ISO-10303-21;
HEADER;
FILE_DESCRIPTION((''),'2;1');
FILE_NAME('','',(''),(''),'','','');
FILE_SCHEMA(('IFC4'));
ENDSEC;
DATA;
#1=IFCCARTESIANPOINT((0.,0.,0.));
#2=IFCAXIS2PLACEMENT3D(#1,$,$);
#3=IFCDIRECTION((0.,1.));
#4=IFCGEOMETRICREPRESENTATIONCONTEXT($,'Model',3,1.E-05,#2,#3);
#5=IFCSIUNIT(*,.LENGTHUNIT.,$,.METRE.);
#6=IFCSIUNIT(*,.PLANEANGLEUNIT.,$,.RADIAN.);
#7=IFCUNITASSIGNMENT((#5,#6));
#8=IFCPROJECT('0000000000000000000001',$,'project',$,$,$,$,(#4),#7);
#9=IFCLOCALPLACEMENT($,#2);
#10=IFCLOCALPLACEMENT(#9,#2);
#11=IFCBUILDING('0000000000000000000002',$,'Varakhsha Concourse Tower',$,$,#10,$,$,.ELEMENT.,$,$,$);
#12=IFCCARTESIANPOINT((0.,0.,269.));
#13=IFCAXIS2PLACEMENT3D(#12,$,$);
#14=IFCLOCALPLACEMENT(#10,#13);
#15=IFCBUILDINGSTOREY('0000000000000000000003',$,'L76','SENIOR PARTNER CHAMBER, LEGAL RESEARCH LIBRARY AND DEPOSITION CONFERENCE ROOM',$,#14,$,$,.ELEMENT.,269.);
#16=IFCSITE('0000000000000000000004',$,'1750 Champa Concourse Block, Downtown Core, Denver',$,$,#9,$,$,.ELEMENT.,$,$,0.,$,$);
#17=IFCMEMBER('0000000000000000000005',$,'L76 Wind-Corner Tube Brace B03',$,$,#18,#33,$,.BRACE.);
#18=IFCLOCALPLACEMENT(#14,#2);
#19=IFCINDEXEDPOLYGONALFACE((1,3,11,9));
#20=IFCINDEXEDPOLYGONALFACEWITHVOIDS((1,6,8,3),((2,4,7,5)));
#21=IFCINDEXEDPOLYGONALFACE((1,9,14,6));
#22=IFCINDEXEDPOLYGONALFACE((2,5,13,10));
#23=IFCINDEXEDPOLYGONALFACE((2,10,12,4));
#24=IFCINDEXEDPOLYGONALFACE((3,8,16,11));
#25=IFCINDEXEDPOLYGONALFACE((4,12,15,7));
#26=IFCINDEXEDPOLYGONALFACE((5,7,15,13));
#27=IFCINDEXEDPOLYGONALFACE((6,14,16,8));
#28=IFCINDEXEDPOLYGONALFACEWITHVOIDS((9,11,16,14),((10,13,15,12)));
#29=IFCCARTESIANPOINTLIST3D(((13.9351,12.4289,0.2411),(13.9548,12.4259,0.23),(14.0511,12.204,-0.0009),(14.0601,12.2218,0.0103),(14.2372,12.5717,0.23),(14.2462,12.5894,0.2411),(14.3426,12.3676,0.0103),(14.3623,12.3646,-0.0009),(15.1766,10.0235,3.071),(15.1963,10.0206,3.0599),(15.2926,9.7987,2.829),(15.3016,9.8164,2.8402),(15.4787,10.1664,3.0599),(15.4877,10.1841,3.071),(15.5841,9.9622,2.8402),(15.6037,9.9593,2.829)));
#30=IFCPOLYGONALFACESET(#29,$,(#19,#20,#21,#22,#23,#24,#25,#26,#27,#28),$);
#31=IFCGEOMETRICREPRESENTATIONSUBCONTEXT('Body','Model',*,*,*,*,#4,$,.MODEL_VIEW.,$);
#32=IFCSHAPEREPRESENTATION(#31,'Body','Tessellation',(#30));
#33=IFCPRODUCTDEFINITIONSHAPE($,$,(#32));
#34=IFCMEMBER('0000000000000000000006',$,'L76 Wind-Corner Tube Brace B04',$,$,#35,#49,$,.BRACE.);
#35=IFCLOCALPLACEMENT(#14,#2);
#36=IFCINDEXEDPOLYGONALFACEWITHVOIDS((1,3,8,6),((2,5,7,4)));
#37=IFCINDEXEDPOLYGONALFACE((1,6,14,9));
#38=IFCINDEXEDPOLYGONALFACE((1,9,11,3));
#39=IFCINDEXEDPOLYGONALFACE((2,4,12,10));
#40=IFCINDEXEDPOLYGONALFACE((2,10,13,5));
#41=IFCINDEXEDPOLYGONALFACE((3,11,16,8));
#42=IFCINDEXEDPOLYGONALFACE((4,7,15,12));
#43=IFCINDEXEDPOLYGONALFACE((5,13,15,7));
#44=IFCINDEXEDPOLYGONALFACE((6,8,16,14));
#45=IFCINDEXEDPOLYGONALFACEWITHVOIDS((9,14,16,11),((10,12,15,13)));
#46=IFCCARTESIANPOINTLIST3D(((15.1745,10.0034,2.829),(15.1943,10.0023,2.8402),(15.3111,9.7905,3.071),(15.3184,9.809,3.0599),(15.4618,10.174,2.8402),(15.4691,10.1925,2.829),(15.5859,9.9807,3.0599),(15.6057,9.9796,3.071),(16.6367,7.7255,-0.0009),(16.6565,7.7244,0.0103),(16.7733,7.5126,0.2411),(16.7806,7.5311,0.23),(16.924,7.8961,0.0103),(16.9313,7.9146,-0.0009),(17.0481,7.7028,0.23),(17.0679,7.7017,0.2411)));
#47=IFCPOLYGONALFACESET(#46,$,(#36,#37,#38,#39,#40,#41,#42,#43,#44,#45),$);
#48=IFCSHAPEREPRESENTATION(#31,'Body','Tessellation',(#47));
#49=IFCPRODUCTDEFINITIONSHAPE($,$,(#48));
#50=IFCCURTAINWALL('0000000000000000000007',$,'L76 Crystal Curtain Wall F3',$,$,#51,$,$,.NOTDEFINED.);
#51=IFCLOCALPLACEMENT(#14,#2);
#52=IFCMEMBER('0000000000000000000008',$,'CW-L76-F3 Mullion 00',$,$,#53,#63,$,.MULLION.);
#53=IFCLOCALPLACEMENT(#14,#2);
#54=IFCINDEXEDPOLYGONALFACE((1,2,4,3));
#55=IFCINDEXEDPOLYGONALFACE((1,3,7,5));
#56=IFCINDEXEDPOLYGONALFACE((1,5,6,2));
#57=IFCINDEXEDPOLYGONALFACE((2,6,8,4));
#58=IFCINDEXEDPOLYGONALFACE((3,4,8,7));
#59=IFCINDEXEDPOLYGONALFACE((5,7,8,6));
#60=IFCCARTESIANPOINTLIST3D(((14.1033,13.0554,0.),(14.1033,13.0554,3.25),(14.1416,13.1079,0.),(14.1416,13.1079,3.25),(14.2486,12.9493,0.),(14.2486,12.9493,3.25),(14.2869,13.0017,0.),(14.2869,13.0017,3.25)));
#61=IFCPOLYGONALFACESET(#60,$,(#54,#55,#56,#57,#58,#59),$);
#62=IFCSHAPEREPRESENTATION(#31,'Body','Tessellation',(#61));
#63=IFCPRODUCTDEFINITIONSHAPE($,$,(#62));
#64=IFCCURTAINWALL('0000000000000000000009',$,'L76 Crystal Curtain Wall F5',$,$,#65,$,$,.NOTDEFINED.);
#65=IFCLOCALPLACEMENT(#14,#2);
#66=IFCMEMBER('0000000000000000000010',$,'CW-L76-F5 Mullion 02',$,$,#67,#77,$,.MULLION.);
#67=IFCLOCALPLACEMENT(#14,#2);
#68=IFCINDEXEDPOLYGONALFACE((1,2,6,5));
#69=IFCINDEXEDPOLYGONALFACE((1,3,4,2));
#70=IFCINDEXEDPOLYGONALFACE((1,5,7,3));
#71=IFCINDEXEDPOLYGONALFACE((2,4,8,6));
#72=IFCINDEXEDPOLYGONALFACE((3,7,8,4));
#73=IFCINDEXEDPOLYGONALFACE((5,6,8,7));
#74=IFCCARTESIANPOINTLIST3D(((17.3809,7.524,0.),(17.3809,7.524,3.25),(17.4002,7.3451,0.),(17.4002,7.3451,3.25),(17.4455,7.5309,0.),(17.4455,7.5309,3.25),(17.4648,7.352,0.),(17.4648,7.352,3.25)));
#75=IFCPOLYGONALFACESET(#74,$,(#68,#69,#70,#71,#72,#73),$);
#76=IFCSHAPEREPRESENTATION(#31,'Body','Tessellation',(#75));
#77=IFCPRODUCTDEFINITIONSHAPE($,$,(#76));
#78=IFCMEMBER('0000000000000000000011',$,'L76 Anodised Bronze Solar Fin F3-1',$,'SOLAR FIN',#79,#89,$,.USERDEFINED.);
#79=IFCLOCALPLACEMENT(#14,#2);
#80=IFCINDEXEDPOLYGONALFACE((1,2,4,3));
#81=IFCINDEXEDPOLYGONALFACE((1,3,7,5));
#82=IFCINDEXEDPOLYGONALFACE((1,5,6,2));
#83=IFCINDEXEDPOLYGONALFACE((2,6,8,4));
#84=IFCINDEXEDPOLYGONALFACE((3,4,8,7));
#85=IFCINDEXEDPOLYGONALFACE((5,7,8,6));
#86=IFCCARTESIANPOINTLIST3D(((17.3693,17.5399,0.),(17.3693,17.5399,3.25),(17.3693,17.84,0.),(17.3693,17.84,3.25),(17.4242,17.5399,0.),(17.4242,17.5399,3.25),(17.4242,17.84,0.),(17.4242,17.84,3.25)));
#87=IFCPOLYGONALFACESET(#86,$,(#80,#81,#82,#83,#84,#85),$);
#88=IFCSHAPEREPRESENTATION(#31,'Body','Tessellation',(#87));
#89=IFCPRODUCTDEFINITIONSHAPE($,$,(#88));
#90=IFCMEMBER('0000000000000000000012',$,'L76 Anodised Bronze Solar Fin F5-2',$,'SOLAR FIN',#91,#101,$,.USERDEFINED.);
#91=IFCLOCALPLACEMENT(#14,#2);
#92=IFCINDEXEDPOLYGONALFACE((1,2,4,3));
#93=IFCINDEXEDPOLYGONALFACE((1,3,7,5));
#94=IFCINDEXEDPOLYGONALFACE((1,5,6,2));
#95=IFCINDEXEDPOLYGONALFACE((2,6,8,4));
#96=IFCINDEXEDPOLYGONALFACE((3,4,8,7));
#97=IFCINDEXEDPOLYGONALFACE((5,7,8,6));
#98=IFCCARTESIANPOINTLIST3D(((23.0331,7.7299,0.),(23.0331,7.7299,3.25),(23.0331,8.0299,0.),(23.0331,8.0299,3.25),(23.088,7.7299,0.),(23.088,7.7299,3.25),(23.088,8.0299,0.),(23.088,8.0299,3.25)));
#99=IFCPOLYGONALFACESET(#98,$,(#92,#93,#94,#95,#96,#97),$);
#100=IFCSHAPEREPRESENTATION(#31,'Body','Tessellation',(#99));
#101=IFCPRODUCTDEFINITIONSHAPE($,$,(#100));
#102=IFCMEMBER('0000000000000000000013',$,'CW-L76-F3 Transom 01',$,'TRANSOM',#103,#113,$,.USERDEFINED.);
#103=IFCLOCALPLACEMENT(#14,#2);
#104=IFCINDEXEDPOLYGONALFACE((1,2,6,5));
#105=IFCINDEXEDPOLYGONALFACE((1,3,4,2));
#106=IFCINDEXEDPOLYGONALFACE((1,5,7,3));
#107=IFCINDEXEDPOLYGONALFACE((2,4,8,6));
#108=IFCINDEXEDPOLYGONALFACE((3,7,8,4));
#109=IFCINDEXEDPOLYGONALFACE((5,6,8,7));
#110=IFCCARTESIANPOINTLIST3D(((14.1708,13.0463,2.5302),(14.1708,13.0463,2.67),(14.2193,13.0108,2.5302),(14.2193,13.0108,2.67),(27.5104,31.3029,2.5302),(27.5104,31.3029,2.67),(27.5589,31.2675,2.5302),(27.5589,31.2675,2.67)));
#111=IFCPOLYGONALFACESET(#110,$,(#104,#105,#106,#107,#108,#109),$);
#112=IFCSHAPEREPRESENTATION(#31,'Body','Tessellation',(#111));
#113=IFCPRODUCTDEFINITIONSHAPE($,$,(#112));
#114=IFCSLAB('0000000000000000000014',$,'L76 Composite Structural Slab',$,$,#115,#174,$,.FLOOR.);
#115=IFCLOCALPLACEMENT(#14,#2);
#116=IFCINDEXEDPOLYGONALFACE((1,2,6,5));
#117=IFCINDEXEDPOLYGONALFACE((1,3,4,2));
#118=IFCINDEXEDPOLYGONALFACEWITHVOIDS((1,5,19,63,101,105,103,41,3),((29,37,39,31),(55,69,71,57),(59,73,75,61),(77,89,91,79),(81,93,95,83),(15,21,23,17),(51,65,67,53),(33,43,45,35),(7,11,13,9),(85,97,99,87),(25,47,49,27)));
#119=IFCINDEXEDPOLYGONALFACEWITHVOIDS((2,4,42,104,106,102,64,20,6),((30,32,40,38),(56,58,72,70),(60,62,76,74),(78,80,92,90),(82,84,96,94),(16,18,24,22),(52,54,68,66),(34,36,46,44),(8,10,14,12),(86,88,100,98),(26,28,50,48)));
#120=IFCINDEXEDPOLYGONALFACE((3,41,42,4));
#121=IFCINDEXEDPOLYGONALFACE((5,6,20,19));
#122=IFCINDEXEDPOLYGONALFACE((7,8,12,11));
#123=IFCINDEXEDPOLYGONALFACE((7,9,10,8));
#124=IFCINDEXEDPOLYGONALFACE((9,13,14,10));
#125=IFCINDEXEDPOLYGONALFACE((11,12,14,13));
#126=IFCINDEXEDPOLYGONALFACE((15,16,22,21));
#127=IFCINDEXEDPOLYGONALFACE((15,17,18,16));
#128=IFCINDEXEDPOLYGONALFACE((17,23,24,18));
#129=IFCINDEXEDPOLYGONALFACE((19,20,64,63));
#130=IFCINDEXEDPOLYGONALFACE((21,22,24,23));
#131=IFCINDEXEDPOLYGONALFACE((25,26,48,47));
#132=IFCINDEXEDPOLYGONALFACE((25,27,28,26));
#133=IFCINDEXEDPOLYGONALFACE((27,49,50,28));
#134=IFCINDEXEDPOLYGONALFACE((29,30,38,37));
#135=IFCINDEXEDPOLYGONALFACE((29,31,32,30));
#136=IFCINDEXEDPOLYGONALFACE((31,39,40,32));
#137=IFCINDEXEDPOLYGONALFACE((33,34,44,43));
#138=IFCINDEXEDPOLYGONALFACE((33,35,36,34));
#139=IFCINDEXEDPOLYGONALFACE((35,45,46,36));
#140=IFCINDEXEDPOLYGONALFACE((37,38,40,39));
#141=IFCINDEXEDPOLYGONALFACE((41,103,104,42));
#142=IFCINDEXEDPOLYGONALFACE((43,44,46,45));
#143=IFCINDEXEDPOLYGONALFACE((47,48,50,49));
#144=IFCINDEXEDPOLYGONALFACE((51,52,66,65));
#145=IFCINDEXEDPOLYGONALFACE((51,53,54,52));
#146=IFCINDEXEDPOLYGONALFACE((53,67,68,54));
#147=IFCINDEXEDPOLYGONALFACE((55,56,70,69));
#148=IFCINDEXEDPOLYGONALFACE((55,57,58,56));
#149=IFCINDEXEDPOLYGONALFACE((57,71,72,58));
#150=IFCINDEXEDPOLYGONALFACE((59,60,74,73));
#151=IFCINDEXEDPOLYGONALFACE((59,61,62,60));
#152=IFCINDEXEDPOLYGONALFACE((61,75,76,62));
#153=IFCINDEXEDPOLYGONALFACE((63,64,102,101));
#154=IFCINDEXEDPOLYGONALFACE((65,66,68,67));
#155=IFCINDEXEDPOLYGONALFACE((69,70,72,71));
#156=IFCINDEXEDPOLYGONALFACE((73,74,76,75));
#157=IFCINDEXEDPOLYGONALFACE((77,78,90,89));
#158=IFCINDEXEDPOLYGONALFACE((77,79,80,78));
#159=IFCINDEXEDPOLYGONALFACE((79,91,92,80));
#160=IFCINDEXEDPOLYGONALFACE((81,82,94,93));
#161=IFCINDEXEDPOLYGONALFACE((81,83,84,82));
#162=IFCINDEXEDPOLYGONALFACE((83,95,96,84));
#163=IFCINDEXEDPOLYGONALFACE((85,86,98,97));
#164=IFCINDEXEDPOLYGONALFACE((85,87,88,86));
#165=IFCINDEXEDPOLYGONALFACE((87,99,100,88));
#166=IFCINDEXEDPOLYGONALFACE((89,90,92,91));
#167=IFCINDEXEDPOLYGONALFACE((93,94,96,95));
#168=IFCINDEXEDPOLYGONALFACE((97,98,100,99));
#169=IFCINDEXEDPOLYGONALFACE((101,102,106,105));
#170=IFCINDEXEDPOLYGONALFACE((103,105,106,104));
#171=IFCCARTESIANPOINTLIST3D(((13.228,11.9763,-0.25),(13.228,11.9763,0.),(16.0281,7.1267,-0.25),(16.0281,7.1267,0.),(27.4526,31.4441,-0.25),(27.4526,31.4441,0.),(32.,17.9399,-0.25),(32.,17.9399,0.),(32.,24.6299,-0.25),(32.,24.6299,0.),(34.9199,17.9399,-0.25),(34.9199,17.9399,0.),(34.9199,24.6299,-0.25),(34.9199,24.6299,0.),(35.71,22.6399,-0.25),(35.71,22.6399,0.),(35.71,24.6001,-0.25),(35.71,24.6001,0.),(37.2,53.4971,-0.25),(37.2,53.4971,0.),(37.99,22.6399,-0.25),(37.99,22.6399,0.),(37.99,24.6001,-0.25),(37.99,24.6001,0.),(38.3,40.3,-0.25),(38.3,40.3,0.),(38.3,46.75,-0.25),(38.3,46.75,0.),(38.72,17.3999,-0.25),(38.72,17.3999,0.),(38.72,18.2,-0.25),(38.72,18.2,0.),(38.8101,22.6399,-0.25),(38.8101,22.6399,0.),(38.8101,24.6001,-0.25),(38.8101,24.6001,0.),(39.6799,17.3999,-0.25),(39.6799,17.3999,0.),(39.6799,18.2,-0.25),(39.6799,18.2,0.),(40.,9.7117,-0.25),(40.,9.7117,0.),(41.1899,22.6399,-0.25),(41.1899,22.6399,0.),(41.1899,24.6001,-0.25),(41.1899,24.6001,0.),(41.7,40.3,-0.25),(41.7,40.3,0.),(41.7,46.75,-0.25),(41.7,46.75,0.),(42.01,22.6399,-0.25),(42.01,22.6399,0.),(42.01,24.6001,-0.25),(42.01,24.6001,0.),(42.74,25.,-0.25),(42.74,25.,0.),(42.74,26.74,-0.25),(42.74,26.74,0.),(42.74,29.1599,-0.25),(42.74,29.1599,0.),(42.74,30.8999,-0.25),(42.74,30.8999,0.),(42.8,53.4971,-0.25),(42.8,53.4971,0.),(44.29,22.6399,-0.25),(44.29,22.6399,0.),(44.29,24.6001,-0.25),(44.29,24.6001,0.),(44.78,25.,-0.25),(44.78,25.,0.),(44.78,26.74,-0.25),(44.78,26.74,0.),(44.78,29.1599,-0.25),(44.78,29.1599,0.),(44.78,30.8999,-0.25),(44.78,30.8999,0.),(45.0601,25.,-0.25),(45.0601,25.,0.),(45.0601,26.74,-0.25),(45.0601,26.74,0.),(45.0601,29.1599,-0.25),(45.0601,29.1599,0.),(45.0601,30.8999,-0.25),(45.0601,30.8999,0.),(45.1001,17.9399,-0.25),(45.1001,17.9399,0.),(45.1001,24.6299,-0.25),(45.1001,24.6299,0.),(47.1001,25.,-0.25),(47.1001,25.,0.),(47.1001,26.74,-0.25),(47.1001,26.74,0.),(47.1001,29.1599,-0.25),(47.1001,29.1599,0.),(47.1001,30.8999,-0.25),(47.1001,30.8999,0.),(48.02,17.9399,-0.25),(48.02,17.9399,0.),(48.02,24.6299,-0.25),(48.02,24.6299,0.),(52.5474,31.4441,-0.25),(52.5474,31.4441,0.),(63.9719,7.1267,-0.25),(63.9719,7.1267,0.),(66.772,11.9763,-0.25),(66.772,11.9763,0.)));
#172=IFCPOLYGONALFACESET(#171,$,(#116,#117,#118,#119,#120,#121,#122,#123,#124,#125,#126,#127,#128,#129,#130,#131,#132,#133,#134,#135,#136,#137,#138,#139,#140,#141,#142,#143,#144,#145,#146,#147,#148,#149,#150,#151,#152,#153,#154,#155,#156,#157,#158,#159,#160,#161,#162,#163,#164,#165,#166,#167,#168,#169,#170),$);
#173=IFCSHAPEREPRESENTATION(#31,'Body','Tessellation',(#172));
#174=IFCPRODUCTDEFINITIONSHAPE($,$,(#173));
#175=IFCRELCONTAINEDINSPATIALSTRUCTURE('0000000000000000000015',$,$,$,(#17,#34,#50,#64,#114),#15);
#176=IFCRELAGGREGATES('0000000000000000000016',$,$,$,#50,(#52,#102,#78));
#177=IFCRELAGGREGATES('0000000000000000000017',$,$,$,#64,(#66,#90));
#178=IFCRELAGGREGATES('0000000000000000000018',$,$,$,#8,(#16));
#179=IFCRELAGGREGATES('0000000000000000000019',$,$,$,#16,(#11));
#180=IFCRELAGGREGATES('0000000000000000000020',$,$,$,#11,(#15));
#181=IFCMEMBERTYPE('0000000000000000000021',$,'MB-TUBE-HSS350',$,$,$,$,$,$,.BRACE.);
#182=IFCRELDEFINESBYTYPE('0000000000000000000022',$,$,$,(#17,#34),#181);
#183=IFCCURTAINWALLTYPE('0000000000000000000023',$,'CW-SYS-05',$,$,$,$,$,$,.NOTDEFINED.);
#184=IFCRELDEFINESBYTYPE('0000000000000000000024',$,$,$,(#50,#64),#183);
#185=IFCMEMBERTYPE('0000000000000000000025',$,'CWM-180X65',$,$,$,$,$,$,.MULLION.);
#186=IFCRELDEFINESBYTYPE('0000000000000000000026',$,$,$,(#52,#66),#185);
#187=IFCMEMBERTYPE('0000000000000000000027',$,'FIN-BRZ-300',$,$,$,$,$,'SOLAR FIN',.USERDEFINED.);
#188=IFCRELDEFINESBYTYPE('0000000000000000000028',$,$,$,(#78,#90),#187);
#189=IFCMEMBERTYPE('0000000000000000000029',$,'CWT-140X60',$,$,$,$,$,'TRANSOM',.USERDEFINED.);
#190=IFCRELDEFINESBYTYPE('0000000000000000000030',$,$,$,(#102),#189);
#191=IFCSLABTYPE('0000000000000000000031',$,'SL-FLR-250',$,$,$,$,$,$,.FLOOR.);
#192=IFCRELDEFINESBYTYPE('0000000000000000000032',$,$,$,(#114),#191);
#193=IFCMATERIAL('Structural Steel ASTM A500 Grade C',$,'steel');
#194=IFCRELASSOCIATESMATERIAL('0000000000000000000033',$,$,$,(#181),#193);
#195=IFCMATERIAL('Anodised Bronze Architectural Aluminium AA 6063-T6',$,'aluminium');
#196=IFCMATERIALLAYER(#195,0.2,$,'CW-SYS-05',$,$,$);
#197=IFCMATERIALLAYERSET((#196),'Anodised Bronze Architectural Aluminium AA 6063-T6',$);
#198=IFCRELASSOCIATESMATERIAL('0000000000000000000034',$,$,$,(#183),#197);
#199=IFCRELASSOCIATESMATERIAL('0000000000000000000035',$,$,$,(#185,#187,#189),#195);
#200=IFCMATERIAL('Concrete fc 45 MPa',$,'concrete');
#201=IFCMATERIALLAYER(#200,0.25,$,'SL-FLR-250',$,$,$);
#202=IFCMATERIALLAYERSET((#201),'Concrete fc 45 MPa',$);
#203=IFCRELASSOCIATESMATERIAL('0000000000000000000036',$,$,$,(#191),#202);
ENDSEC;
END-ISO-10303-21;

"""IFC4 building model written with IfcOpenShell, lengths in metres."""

from ifc_helpers import new_model, si_unit, direction, frame, origin, origin_2d, place, context, subcontext, project, spatial, polyline, rectangle, hollow_rectangle, outline, extrude, source, transform, mapped, material, layer, layer_set, material_profile, profile_set, type_object, type_shapes, element, aggregate, save


model = new_model("IFC4")

# Units and contexts
model_context = context("Model", 3, precision=1e-05, world=origin(), true_north=direction((0.0, 1.0)))
body_context = subcontext(model_context, "Body", "Model", "MODEL_VIEW")
ifc_project = project(units=[si_unit("LENGTHUNIT", "METRE"), si_unit("PLANEANGLEUNIT", "RADIAN")], contexts=[model_context])

# Site, building, storey
site_placement = place(None, origin())
site = spatial("IfcSite", under=ifc_project, at=site_placement, Name="1750 Champa Concourse Block, Downtown Core, Denver", CompositionType="ELEMENT", RefElevation=0.0)
building_placement = place(site_placement, origin())
building = spatial("IfcBuilding", under=site, at=building_placement, Name="Varakhsha Concourse Tower", CompositionType="ELEMENT")
storey_placement = place(building_placement, frame((0.0, 0.0, 269.0)))
storey = spatial("IfcBuildingStorey", under=building, at=storey_placement, Name="L76", Description="SENIOR PARTNER CHAMBER, LEGAL RESEARCH LIBRARY AND DEPOSITION CONFERENCE ROOM", CompositionType="ELEMENT", Elevation=269.0)

# Members
ifc_material_1 = material(Name="Structural Steel ASTM A500 Grade C", Category="steel")
ifc_material_profile_1 = material_profile(ifc_material_1, hollow_rectangle(XDim=0.3501, YDim=0.3501, WallThickness=0.0161, at=origin_2d()), Name="HSS 350x350x16")
ifc_profile_set_1 = profile_set([ifc_material_profile_1], Name="Structural Steel ASTM A500 Grade C")
member_type_1 = type_object("IfcMemberType", Name="MB-TUBE-HSS350", PredefinedType="BRACE", material=ifc_profile_set_1)
shared_shape_1 = source(origin(), body_context, "Body", "SweptSolid", [
    extrude(hollow_rectangle(XDim=0.3501, YDim=0.3501, WallThickness=0.0161, at=origin_2d()), origin(), (0.0, 0.0, 1.0), 3.916),
])
type_shapes(member_type_1, [shared_shape_1])
for number, where, z_axis, x_axis, name in (
    (1, (14.1487, 12.3967, 0.1201), (0.317027, -0.614228, 0.722647), (0.888617, 0.45865, 0.0), "L76 Wind-Corner Tube Brace B03"),
    (2, (16.8523, 7.7136, 0.1201), (-0.373389, 0.581686, 0.72265), (-0.841542, -0.540192, 0.0), "L76 Wind-Corner Tube Brace B04"),
):
    element("IfcMember", number, at=place(storey_placement, frame(where, z_axis=z_axis, x_axis=x_axis)), inside=storey, type_object=member_type_1, Name=name, PredefinedType="BRACE", context=body_context, shape_type="MappedRepresentation", body=[
        mapped(shared_shape_1, transform((0.0, 0.0, 0.0), scale=1.0)),
    ])

# Curtain walls, members
ifc_material_2 = material(Name="Anodised Bronze Architectural Aluminium AA 6063-T6", Category="aluminium")
ifc_layer_1 = layer(ifc_material_2, 0.2, Name="CW-SYS-05")
ifc_layer_set_1 = layer_set([ifc_layer_1], Name="Anodised Bronze Architectural Aluminium AA 6063-T6")
curtain_wall_type = type_object("IfcCurtainWallType", Name="CW-SYS-05", PredefinedType="NOTDEFINED", material=ifc_layer_set_1)
curtain_wall_1_placement = place(storey_placement, origin())
curtain_wall_1 = element("IfcCurtainWall", 3, at=curtain_wall_1_placement, inside=storey, type_object=curtain_wall_type, Name="L76 Crystal Curtain Wall F3", PredefinedType="NOTDEFINED")
ifc_material_profile_2 = material_profile(ifc_material_2, rectangle(XDim=0.0649, YDim=0.1799, at=origin_2d()), Name="CWM-180X65")
ifc_profile_set_2 = profile_set([ifc_material_profile_2], Name="Anodised Bronze Architectural Aluminium AA 6063-T6")
member_type_2 = type_object("IfcMemberType", Name="CWM-180X65", PredefinedType="MULLION", material=ifc_profile_set_2)
shared_shape_2 = source(origin(), body_context, "Body", "SweptSolid", [
    extrude(rectangle(XDim=0.0649, YDim=0.1799, at=origin_2d()), origin(), (0.0, 0.0, 1.0), 3.25),
])
type_shapes(member_type_2, [shared_shape_2])
member_1_placement = place(storey_placement, frame((14.1951, 13.0286, 0.0), z_axis=(0.0, 0.0, 1.0), x_axis=(0.58996, 0.807432, 0.0)))
member_1 = element("IfcMember", 4, at=member_1_placement, type_object=member_type_2, Name="CW-L76-F3 Mullion 00", PredefinedType="MULLION", context=body_context, shape_type="MappedRepresentation", body=[
    mapped(shared_shape_2, transform((0.0, 0.0, 0.0), scale=1.0)),
])
curtain_wall_2_placement = place(storey_placement, origin())
curtain_wall_2 = element("IfcCurtainWall", 5, at=curtain_wall_2_placement, inside=storey, type_object=curtain_wall_type, Name="L76 Crystal Curtain Wall F5", PredefinedType="NOTDEFINED")
member_2_placement = place(storey_placement, frame((17.4229, 7.438, 0.0), z_axis=(0.0, 0.0, 1.0), x_axis=(-0.994236, -0.10721, 0.0)))
member_2 = element("IfcMember", 6, at=member_2_placement, type_object=member_type_2, Name="CW-L76-F5 Mullion 02", PredefinedType="MULLION", context=body_context, shape_type="MappedRepresentation", body=[
    mapped(shared_shape_2, transform((0.0, 0.0, 0.0), scale=1.0)),
])

# Members
ifc_material_profile_3 = material_profile(ifc_material_2, rectangle(XDim=0.0549, YDim=0.3, at=origin_2d()), Name="FIN-BRZ-300")
ifc_profile_set_3 = profile_set([ifc_material_profile_3], Name="Anodised Bronze Architectural Aluminium AA 6063-T6")
member_type_3 = type_object("IfcMemberType", Name="FIN-BRZ-300", ElementType="SOLAR FIN", PredefinedType="USERDEFINED", material=ifc_profile_set_3)
shared_shape_3 = source(origin(), body_context, "Body", "SweptSolid", [
    extrude(rectangle(XDim=0.0549, YDim=0.3, at=origin_2d()), origin(), (0.0, 0.0, 1.0), 3.25),
])
type_shapes(member_type_3, [shared_shape_3])
member_3_placement = place(storey_placement, frame((17.3967, 17.6899, 0.0), z_axis=(0.0, 0.0, 1.0), x_axis=(1.0, 0.0, 0.0)))
member_3 = element("IfcMember", 7, at=member_3_placement, type_object=member_type_3, Name="L76 Anodised Bronze Solar Fin F3-1", ObjectType="SOLAR FIN", PredefinedType="USERDEFINED", context=body_context, shape_type="MappedRepresentation", body=[
    mapped(shared_shape_3, transform((0.0, 0.0, 0.0), scale=1.0)),
])
member_4_placement = place(storey_placement, frame((23.0605, 7.8799, 0.0), z_axis=(0.0, 0.0, 1.0), x_axis=(1.0, 0.0, 0.0)))
member_4 = element("IfcMember", 8, at=member_4_placement, type_object=member_type_3, Name="L76 Anodised Bronze Solar Fin F5-2", ObjectType="SOLAR FIN", PredefinedType="USERDEFINED", context=body_context, shape_type="MappedRepresentation", body=[
    mapped(shared_shape_3, transform((0.0, 0.0, 0.0), scale=1.0)),
])
ifc_material_profile_4 = material_profile(ifc_material_2, rectangle(XDim=0.0601, YDim=0.1399, at=origin_2d()), Name="CWT-140X60")
ifc_profile_set_4 = profile_set([ifc_material_profile_4], Name="Anodised Bronze Architectural Aluminium AA 6063-T6")
member_type_4 = type_object("IfcMemberType", Name="CWT-140X60", ElementType="TRANSOM", PredefinedType="USERDEFINED", material=ifc_profile_set_4)
shared_shape_4 = source(origin(), body_context, "Body", "SweptSolid", [
    extrude(rectangle(XDim=0.0601, YDim=0.1399, at=origin_2d()), origin(), (0.0, 0.0, 1.0), 22.6108),
])
type_shapes(member_type_4, [shared_shape_4])
member_5_placement = place(storey_placement, frame((14.1951, 13.0286, 2.6001), z_axis=(0.589966, 0.807428, 0.0), x_axis=(-0.807428, 0.589966, 0.0)))
member_5 = element("IfcMember", 9, at=member_5_placement, type_object=member_type_4, Name="CW-L76-F3 Transom 01", ObjectType="TRANSOM", PredefinedType="USERDEFINED", context=body_context, shape_type="MappedRepresentation", body=[
    mapped(shared_shape_4, transform((0.0, 0.0, 0.0), scale=1.0)),
])

# Slab
ifc_material_3 = material(Name="Concrete fc 45 MPa", Category="concrete")
ifc_layer_2 = layer(ifc_material_3, 0.25, Name="SL-FLR-250")
ifc_layer_set_2 = layer_set([ifc_layer_2], Name="Concrete fc 45 MPa")
slab_type_1 = type_object("IfcSlabType", Name="SL-FLR-250", PredefinedType="FLOOR", material=ifc_layer_set_2)
slab_1_placement = place(storey_placement, frame((0.0, 0.0, -0.25)))
element("IfcSlab", 10, at=slab_1_placement, inside=storey, type_object=slab_type_1, Name="L76 Composite Structural Slab", PredefinedType="FLOOR", context=body_context, shape_type="SweptSolid", body=[
    extrude(outline(polyline([(42.8, 53.4971), (37.2, 53.4971), (27.4526, 31.4441), (13.228, 11.9763), (16.0281, 7.1267), (40.0, 9.7117), (63.9719, 7.1267), (66.772, 11.9763), (52.5474, 31.4441), (42.8, 53.4971)]), holes=[polyline([(34.9199, 17.9399), (34.9199, 24.6299), (32.0, 24.6299), (32.0, 17.9399), (34.9199, 17.9399)]), polyline([(48.02, 17.9399), (48.02, 24.6299), (45.1001, 24.6299), (45.1001, 17.9399), (48.02, 17.9399)]), polyline([(41.7, 40.3), (41.7, 46.75), (38.3, 46.75), (38.3, 40.3), (41.7, 40.3)]), polyline([(42.74, 29.1599), (44.78, 29.1599), (44.78, 30.8999), (42.74, 30.8999), (42.74, 29.1599)]), polyline([(45.0601, 29.1599), (47.1001, 29.1599), (47.1001, 30.8999), (45.0601, 30.8999), (45.0601, 29.1599)]), polyline([(42.74, 25.0), (44.78, 25.0), (44.78, 26.74), (42.74, 26.74), (42.74, 25.0)]), polyline([(45.0601, 25.0), (47.1001, 25.0), (47.1001, 26.74), (45.0601, 26.74), (45.0601, 25.0)]), polyline([(35.71, 22.6399), (37.99, 22.6399), (37.99, 24.6001), (35.71, 24.6001), (35.71, 22.6399)]), polyline([(42.01, 22.6399), (44.29, 22.6399), (44.29, 24.6001), (42.01, 24.6001), (42.01, 22.6399)]), polyline([(38.8101, 22.6399), (41.1899, 22.6399), (41.1899, 24.6001), (38.8101, 24.6001), (38.8101, 22.6399)]), polyline([(38.72, 17.3999), (39.6799, 17.3999), (39.6799, 18.2), (38.72, 18.2), (38.72, 17.3999)])]), origin(), (0.0, 0.0, 1.0), 0.25),
])

aggregate(curtain_wall_1, [member_1, member_5, member_3])
aggregate(curtain_wall_2, [member_2, member_4])

save(model, "model.ifc")
